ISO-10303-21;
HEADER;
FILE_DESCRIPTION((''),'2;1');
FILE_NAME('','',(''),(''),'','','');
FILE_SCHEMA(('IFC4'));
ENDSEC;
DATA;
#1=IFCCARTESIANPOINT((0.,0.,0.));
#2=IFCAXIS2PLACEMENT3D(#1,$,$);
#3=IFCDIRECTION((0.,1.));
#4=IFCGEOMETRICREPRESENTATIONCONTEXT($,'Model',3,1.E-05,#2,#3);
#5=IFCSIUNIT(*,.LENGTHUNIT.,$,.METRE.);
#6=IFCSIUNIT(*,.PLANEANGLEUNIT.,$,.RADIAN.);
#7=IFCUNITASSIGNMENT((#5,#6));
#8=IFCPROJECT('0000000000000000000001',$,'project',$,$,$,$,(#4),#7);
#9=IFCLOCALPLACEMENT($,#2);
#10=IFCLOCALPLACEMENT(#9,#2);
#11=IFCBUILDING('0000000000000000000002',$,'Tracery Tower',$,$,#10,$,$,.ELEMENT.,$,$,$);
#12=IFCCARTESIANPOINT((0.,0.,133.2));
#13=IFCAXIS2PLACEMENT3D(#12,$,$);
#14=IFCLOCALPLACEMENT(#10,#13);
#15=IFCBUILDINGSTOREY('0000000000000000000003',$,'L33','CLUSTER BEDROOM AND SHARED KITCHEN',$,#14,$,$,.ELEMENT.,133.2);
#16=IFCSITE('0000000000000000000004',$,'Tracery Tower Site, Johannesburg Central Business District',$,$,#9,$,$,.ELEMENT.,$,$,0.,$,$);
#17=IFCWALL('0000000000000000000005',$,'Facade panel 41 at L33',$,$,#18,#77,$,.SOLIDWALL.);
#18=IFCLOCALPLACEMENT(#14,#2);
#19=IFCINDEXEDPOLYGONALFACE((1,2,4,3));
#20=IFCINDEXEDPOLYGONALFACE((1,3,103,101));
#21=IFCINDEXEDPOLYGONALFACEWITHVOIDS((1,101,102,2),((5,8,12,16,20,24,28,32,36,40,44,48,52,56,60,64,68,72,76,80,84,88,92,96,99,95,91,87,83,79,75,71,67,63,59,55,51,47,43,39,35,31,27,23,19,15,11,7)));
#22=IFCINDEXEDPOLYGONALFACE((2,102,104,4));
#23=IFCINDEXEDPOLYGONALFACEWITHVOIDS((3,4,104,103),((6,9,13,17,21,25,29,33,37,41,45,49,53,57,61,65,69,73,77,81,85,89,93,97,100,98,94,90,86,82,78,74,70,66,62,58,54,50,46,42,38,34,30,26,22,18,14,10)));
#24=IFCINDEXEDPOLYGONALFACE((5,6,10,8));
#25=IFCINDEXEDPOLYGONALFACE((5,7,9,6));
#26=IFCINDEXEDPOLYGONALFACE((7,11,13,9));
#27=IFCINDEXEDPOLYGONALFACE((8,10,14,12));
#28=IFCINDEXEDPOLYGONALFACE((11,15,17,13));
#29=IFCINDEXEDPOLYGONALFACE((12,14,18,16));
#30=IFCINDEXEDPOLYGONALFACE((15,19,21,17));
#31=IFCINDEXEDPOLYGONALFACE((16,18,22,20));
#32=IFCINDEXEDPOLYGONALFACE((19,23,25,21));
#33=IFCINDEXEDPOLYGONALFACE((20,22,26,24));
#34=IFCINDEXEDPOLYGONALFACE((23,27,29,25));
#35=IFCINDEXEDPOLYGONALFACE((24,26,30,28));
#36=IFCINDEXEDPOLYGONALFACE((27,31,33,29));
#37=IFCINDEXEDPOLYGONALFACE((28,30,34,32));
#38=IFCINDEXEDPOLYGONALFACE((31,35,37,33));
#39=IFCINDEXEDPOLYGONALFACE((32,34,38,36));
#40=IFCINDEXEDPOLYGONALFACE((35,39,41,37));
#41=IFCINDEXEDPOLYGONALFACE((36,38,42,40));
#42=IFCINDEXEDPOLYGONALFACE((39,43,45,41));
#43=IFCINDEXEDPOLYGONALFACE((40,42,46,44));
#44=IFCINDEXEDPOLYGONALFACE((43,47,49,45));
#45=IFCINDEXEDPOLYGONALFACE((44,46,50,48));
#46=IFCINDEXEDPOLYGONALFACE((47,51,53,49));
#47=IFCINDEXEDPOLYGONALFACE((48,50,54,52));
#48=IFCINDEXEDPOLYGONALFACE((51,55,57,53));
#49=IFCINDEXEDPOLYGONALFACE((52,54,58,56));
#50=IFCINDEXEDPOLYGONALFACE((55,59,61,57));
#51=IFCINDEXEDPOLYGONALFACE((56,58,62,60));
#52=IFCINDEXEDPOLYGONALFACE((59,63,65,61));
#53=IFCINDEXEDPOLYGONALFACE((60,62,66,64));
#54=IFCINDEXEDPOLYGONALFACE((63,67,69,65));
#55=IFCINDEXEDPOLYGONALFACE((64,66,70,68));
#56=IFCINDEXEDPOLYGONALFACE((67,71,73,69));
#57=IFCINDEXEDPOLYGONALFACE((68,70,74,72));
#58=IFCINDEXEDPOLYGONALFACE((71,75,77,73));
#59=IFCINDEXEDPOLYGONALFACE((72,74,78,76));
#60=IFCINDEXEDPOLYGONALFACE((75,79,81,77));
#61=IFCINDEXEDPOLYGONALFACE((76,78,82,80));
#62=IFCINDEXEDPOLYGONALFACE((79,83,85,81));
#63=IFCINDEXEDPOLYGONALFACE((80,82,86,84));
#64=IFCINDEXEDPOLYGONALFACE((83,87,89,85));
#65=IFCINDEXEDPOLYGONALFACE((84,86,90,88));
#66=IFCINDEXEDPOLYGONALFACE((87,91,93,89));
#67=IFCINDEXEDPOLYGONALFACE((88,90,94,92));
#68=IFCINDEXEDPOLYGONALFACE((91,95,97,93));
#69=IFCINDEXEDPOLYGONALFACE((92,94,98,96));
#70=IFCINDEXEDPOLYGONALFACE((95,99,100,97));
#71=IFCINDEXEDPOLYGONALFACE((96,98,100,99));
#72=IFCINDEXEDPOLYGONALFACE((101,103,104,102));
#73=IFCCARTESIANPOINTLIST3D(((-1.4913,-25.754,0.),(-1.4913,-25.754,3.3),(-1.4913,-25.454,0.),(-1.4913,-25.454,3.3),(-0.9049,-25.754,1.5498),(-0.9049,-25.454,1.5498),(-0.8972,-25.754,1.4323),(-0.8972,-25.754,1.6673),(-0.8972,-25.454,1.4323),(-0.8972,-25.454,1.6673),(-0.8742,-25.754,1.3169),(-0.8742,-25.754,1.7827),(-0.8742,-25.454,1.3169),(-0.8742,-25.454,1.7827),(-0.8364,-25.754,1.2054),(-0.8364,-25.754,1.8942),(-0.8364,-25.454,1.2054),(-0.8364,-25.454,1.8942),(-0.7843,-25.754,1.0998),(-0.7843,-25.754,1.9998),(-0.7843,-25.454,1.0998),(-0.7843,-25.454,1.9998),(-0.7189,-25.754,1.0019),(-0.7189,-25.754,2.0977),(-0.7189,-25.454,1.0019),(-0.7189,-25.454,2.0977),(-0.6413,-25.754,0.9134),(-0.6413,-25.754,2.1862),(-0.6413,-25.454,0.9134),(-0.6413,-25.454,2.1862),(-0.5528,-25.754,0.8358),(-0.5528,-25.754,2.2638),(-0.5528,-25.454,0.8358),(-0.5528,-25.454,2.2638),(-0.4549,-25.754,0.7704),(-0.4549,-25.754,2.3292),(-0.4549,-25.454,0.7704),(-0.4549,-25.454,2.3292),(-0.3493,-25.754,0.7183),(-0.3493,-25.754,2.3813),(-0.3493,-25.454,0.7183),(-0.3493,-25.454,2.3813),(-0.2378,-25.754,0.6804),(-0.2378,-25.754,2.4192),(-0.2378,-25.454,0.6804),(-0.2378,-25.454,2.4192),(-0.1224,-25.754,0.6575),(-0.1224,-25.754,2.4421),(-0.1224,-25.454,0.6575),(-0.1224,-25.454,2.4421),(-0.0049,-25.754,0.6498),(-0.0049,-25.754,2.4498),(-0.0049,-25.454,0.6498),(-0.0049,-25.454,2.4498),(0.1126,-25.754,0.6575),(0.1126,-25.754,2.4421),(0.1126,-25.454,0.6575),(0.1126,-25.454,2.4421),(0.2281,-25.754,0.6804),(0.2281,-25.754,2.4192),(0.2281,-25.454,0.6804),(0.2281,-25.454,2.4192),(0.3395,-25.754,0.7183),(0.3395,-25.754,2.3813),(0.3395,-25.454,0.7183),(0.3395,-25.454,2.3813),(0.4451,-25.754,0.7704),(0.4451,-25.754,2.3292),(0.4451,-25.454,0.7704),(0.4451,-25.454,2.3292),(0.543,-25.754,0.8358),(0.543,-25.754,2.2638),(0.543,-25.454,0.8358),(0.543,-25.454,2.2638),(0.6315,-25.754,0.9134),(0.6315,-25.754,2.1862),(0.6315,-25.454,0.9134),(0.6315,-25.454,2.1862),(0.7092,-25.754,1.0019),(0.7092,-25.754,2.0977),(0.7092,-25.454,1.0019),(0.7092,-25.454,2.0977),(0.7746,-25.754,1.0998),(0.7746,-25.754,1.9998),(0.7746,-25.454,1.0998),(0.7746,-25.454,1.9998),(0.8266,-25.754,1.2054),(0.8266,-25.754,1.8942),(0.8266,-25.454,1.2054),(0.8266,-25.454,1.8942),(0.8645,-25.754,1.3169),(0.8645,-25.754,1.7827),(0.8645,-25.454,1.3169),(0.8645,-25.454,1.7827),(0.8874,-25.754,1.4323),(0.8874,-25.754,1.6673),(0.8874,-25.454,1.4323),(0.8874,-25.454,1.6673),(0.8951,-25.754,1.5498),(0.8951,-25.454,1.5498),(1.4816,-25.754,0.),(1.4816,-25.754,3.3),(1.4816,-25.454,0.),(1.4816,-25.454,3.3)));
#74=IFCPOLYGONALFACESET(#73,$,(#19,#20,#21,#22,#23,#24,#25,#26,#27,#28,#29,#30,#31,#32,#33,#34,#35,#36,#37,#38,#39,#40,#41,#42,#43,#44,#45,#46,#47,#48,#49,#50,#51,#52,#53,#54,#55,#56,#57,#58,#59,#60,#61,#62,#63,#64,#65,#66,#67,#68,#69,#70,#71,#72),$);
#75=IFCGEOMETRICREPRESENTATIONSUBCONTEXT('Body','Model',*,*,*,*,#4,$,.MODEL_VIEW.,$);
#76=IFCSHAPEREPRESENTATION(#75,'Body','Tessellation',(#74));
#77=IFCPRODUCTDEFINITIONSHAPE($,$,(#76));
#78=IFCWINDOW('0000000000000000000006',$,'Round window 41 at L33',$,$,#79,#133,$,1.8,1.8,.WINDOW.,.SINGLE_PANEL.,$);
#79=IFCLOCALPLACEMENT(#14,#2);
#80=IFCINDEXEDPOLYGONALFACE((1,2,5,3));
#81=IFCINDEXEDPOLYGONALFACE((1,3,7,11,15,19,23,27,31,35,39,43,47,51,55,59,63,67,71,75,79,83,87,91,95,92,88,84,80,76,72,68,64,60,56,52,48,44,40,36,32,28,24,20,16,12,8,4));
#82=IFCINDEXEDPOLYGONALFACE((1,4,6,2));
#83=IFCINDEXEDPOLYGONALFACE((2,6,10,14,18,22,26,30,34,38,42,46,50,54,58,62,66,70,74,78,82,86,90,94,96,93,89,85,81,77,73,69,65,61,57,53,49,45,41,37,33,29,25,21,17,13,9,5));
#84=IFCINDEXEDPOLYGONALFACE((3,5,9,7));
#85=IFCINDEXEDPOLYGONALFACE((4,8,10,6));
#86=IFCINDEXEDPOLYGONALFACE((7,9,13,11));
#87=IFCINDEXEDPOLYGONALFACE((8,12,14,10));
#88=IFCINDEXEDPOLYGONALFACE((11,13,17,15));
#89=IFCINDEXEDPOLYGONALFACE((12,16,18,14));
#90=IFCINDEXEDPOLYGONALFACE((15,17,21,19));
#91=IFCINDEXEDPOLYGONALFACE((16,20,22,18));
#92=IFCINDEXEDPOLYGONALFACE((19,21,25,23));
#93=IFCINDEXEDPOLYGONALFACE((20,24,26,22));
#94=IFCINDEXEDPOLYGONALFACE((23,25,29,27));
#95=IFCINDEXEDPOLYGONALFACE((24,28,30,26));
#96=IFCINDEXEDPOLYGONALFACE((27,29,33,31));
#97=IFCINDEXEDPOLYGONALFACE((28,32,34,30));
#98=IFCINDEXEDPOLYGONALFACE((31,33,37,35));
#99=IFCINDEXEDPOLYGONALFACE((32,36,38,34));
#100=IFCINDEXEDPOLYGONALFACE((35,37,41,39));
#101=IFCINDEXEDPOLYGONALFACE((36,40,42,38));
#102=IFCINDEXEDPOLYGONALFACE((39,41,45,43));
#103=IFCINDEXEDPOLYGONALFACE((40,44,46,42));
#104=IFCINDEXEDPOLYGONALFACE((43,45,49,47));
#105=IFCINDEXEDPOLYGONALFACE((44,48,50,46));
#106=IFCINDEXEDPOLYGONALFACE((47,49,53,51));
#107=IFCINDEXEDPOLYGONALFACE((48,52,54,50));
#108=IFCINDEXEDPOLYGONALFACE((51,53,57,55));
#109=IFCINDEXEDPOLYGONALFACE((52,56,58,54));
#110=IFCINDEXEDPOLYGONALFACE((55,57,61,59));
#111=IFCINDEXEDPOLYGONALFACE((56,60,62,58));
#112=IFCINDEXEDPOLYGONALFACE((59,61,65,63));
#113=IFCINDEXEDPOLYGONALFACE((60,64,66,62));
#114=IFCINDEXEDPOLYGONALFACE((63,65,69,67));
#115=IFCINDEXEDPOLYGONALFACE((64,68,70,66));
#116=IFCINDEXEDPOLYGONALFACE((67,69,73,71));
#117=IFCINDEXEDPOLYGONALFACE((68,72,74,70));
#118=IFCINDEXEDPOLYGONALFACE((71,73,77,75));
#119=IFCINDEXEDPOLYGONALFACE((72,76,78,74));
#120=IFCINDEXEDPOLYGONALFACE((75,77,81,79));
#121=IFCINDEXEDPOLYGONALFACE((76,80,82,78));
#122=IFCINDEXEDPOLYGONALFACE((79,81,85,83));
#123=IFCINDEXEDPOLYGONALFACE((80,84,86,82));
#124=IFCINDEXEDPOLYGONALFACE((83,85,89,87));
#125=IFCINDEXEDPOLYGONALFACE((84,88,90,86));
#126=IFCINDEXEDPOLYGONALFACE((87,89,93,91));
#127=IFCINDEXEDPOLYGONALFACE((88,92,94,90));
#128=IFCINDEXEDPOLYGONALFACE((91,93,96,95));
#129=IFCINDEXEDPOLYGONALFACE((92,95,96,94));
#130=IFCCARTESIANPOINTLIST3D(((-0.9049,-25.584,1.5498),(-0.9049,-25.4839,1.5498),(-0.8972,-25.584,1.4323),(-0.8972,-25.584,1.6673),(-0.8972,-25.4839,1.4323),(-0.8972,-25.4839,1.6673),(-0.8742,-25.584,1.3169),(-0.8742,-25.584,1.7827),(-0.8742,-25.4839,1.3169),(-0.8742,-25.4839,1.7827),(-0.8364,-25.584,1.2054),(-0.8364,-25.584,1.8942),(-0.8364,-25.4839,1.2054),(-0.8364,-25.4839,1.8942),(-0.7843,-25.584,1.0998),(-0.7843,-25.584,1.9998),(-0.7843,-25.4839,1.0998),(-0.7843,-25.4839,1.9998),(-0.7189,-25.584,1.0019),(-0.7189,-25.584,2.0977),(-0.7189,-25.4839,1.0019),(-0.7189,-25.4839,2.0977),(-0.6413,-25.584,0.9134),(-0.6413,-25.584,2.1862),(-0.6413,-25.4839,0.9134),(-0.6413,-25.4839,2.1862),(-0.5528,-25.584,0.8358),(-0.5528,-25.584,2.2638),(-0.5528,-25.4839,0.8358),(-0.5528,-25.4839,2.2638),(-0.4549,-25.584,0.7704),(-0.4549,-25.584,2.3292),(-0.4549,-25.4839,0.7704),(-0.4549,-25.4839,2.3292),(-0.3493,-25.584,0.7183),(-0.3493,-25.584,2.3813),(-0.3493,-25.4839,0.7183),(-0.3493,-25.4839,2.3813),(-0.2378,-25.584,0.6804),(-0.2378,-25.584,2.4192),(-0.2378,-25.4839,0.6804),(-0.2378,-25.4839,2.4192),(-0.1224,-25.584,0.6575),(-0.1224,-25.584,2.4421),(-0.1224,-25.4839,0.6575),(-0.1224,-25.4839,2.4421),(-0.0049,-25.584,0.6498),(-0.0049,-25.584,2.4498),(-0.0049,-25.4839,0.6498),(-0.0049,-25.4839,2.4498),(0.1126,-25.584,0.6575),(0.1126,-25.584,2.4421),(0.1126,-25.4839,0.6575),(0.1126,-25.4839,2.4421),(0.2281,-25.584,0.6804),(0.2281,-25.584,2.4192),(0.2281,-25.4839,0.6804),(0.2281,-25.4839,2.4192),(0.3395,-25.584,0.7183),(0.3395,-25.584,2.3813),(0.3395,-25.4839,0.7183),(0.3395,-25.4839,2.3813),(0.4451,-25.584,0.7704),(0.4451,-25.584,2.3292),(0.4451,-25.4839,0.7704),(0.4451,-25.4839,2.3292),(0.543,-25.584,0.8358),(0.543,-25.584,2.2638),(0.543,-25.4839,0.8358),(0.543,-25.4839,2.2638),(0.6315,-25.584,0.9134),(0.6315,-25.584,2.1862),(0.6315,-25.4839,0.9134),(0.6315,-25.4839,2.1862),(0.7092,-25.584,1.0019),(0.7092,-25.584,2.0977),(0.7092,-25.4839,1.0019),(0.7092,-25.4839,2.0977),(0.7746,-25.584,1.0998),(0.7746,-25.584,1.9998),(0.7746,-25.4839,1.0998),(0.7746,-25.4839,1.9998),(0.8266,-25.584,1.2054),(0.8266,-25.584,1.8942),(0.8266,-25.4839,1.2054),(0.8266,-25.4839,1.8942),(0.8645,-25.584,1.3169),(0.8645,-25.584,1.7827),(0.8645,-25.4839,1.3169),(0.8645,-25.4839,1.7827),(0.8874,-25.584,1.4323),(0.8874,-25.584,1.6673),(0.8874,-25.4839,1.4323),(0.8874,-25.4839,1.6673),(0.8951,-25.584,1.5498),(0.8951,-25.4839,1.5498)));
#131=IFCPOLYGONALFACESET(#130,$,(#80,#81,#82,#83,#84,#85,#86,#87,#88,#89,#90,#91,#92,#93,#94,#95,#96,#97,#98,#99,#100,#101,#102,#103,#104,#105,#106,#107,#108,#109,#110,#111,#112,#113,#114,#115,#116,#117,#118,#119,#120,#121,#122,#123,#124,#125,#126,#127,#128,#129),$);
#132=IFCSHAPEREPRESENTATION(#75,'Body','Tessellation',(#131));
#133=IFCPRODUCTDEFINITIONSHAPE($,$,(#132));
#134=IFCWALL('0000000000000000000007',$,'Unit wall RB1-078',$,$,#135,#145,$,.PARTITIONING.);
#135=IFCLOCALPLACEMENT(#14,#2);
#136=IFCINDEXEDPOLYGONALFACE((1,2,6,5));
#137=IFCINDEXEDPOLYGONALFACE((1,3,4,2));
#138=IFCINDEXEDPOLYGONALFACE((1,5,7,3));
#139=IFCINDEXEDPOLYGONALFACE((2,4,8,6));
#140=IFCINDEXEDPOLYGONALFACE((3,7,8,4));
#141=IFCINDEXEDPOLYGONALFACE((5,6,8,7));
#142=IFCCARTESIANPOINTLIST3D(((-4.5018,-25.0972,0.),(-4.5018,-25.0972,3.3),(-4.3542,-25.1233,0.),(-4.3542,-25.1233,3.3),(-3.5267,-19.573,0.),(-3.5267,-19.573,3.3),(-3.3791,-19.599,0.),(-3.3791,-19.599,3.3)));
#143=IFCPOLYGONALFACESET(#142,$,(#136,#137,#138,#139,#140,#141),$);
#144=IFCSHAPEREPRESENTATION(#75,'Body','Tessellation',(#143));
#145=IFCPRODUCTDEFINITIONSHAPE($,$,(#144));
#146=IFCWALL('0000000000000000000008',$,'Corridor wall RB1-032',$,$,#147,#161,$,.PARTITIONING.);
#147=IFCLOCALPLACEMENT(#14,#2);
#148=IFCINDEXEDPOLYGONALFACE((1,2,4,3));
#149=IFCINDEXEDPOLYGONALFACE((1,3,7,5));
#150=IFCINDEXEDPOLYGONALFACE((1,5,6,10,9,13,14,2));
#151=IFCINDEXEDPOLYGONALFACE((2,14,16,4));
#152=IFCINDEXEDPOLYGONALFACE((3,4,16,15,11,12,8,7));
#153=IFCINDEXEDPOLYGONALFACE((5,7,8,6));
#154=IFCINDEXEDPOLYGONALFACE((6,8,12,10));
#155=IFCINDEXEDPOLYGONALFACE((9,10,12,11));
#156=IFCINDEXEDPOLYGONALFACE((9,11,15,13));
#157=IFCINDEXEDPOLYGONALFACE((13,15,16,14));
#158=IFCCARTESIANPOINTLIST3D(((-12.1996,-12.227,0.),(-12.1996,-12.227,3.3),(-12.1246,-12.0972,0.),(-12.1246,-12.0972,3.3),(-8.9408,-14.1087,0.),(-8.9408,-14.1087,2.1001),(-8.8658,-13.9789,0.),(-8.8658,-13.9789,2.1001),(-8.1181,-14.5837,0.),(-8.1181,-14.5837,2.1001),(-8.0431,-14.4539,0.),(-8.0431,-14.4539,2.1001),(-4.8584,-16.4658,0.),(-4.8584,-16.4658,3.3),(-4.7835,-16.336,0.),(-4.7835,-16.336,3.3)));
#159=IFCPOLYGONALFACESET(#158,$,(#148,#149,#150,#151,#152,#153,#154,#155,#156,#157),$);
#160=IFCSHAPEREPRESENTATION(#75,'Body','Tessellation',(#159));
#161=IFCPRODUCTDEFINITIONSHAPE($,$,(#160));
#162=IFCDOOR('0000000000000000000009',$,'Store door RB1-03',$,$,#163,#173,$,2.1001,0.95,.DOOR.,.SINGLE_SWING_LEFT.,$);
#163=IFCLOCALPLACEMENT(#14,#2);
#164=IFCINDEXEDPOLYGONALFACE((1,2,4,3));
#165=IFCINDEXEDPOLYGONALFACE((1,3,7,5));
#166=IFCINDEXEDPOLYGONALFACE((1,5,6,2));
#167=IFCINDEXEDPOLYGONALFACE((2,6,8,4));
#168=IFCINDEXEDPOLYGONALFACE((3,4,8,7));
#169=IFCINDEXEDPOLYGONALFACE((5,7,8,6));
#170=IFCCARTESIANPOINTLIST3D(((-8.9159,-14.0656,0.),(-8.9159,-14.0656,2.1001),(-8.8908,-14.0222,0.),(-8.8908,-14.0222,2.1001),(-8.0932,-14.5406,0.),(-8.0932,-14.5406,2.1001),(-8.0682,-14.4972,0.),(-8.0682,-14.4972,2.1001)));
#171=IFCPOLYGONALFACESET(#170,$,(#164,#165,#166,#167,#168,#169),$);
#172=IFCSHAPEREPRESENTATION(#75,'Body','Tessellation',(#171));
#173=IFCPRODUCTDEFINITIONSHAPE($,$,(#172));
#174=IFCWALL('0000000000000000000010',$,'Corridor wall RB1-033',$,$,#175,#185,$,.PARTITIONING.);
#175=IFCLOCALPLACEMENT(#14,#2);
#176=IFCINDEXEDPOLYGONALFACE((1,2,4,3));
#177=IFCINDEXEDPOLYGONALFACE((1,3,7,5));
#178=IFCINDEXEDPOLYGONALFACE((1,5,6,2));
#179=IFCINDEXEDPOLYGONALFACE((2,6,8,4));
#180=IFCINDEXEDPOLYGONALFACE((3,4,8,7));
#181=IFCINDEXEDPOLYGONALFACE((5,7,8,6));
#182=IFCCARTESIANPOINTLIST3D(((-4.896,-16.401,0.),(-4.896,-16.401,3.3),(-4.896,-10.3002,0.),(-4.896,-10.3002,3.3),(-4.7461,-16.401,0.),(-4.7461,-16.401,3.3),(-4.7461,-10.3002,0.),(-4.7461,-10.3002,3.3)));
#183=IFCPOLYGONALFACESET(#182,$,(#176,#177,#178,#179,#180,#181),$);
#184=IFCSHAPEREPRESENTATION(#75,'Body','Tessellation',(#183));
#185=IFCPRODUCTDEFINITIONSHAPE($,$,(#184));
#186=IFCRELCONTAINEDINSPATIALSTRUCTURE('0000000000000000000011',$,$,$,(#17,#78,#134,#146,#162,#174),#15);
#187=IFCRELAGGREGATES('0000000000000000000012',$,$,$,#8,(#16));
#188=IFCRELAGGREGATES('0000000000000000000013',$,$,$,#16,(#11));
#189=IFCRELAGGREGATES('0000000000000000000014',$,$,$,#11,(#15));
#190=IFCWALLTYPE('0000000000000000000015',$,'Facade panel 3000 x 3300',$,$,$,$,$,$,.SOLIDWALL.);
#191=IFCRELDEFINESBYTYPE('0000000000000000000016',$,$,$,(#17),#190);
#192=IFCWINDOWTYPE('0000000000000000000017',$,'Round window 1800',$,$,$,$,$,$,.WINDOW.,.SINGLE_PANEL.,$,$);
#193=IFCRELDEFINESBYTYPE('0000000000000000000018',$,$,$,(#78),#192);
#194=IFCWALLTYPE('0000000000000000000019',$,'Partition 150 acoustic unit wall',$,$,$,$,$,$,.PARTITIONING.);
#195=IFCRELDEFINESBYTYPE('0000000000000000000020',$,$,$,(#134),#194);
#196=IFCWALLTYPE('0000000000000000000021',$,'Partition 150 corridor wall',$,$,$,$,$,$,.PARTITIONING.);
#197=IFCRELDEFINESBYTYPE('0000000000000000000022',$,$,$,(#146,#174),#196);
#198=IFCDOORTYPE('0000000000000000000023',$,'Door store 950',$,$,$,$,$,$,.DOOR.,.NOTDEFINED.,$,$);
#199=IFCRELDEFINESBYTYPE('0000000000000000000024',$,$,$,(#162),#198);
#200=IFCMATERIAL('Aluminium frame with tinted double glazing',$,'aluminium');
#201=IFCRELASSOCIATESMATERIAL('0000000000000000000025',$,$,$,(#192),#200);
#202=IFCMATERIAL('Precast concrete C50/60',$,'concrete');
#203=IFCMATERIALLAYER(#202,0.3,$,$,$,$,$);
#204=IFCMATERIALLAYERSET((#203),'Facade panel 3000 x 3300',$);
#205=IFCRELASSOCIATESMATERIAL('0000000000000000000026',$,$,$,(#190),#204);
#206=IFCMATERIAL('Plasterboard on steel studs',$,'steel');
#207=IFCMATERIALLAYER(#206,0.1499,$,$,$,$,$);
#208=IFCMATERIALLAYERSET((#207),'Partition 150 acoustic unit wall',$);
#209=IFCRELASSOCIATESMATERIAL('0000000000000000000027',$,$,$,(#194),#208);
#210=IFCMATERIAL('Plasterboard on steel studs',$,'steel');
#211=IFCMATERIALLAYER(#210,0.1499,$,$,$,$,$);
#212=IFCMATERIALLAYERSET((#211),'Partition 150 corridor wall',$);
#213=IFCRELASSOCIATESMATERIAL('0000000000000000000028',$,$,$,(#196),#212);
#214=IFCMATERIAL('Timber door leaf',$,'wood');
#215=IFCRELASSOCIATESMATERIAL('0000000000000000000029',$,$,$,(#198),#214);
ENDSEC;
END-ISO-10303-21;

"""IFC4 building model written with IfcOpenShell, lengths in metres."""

from ifc_helpers import new_model, si_unit, direction, frame, frame_2d, origin, origin_2d, place, context, subcontext, project, spatial, rectangle, circle, extrude, material, layer, layer_set, type_object, element, fill, save


model = new_model("IFC4")

# Units and contexts
model_context = context("Model", 3, precision=1e-05, world=origin(), true_north=direction((0.0, 1.0)))
body_context = subcontext(model_context, "Body", "Model", "MODEL_VIEW")
ifc_project = project(units=[si_unit("LENGTHUNIT", "METRE"), si_unit("PLANEANGLEUNIT", "RADIAN")], contexts=[model_context])

# Site, building, storey
site_placement = place(None, origin())
site = spatial("IfcSite", under=ifc_project, at=site_placement, Name="Tracery Tower Site, Johannesburg Central Business District", CompositionType="ELEMENT", RefElevation=0.0)
building_placement = place(site_placement, origin())
building = spatial("IfcBuilding", under=site, at=building_placement, Name="Tracery Tower", CompositionType="ELEMENT")
storey_placement = place(building_placement, frame((0.0, 0.0, 133.2)))
storey = spatial("IfcBuildingStorey", under=building, at=storey_placement, Name="L33", Description="CLUSTER BEDROOM AND SHARED KITCHEN", CompositionType="ELEMENT", Elevation=133.2)

# Wall, opening, window
ifc_material_1 = material(Name="Aluminium frame with tinted double glazing", Category="aluminium")
window_type = type_object("IfcWindowType", Name="Round window 1800", PartitioningType="SINGLE_PANEL", PredefinedType="WINDOW", material=ifc_material_1)
ifc_material_2 = material(Name="Precast concrete C50/60", Category="concrete")
ifc_layer_1 = layer(ifc_material_2, 0.3)
ifc_layer_set_1 = layer_set([ifc_layer_1], Name="Facade panel 3000 x 3300")
wall_type_1 = type_object("IfcWallType", Name="Facade panel 3000 x 3300", PredefinedType="SOLIDWALL", material=ifc_layer_set_1)
wall_1_placement = place(storey_placement, frame((-1.4912, -25.604, 0.0), z_axis=(0.0, 0.0, 1.0), x_axis=(1.0, 0.0, 0.0)))
wall_1 = element("IfcWall", 1, at=wall_1_placement, inside=storey, type_object=wall_type_1, Name="Facade panel 41 at L33", PredefinedType="SOLIDWALL", context=body_context, shape_type="SweptSolid", body=[
    extrude(rectangle(XDim=2.9729, YDim=0.3, at=frame_2d((1.4863, 0.0))), origin(), (0.0, 0.0, 1.0), 3.3),
])
opening_1_placement = place(wall_1_placement, frame((1.4863, 0.0, 1.5498)))
opening_1 = element("IfcOpeningElement", 2, at=opening_1_placement, cuts=wall_1, PredefinedType="OPENING", context=body_context, shape_type="SweptSolid", body=[
    extrude(circle(Radius=0.9, at=origin_2d()), frame((0.0, 0.1599, 0.0), z_axis=(0.0, -1.0, 0.0), x_axis=(1.0, 0.0, 0.0)), (0.0, 0.0, 1.0), 0.3201),
])
window_1_placement = place(opening_1_placement, origin())
window_1 = element("IfcWindow", 3, at=window_1_placement, inside=storey, type_object=window_type, Name="Round window 41 at L33", OverallHeight=1.8, OverallWidth=1.8, PartitioningType="SINGLE_PANEL", PredefinedType="WINDOW", context=body_context, shape_type="SweptSolid", body=[
    extrude(circle(Radius=0.9, at=origin_2d()), frame((0.0, 0.1201, 0.0), z_axis=(0.0, -1.0, 0.0), x_axis=(1.0, 0.0, 0.0)), (0.0, 0.0, 1.0), 0.1001),
])
fill(opening_1, window_1)

# Wall
ifc_material_3 = material(Name="Plasterboard on steel studs", Category="steel")
ifc_layer_2 = layer(ifc_material_3, 0.1499)
ifc_layer_set_2 = layer_set([ifc_layer_2], Name="Partition 150 acoustic unit wall")
wall_type_2 = type_object("IfcWallType", Name="Partition 150 acoustic unit wall", PredefinedType="PARTITIONING", material=ifc_layer_set_2)
wall_2_placement = place(storey_placement, frame((-4.428, -25.1101, 0.0), z_axis=(0.0, 0.0, 1.0), x_axis=(0.173828, 0.984776, 0.0)))
element("IfcWall", 4, at=wall_2_placement, inside=storey, type_object=wall_type_2, Name="Unit wall RB1-078", PredefinedType="PARTITIONING", context=body_context, shape_type="SweptSolid", body=[
    extrude(rectangle(XDim=5.6096, YDim=0.1499, at=frame_2d((2.8047, 0.0))), origin(), (0.0, 0.0, 1.0), 3.3),
])

# Wall, opening, door
ifc_material_4 = material(Name="Plasterboard on steel studs", Category="steel")
ifc_layer_3 = layer(ifc_material_4, 0.1499)
ifc_layer_set_3 = layer_set([ifc_layer_3], Name="Partition 150 corridor wall")
wall_type_3 = type_object("IfcWallType", Name="Partition 150 corridor wall", PredefinedType="PARTITIONING", material=ifc_layer_set_3)
wall_3_placement = place(storey_placement, frame((-12.1621, -12.1621, 0.0), z_axis=(0.0, 0.0, 1.0), x_axis=(0.866005, -0.500036, 0.0)))
wall_3 = element("IfcWall", 5, at=wall_3_placement, inside=storey, type_object=wall_type_3, Name="Corridor wall RB1-032", PredefinedType="PARTITIONING", context=body_context, shape_type="SweptSolid", body=[
    extrude(rectangle(XDim=8.4771, YDim=0.1499, at=frame_2d((4.2385, 0.0))), origin(), (0.0, 0.0, 1.0), 3.3),
])
opening_2_placement = place(wall_3_placement, frame((3.7629, 0.0, 0.0)))
opening_2 = element("IfcOpeningElement", 6, at=opening_2_placement, cuts=wall_3, PredefinedType="OPENING", context=body_context, shape_type="SweptSolid", body=[
    extrude(rectangle(XDim=0.95, YDim=2.1001, at=frame_2d((0.4751, 1.05))), frame((0.0, 0.075, 0.0), z_axis=(0.0, -1.0, 0.0), x_axis=(1.0, 0.0, 0.0)), (0.0, 0.0, 1.0), 0.1499),
])
ifc_material_5 = material(Name="Timber door leaf", Category="wood")
door_type_1 = type_object("IfcDoorType", Name="Door store 950", OperationType="NOTDEFINED", PredefinedType="DOOR", material=ifc_material_5)
door_1_placement = place(opening_2_placement, origin())
door_1 = element("IfcDoor", 7, at=door_1_placement, inside=storey, type_object=door_type_1, Name="Store door RB1-03", OperationType="SINGLE_SWING_LEFT", OverallHeight=2.1001, OverallWidth=0.95, PredefinedType="DOOR", context=body_context, shape_type="SweptSolid", body=[
    extrude(rectangle(XDim=0.95, YDim=2.1001, at=frame_2d((0.4751, 1.05))), frame((0.0, 0.0249, 0.0), z_axis=(0.0, -1.0, 0.0), x_axis=(1.0, 0.0, 0.0)), (0.0, 0.0, 1.0), 0.05),
])
fill(opening_2, door_1)

# Wall
wall_4_placement = place(storey_placement, frame((-4.821, -16.4009, 0.0), z_axis=(0.0, 0.0, 1.0), x_axis=(0.0, 1.0, 0.0)))
element("IfcWall", 8, at=wall_4_placement, inside=storey, type_object=wall_type_3, Name="Corridor wall RB1-033", PredefinedType="PARTITIONING", context=body_context, shape_type="SweptSolid", body=[
    extrude(rectangle(XDim=6.1008, YDim=0.1499, at=frame_2d((3.0503, 0.0))), origin(), (0.0, 0.0, 1.0), 3.3),
])

save(model, "model.ifc")
